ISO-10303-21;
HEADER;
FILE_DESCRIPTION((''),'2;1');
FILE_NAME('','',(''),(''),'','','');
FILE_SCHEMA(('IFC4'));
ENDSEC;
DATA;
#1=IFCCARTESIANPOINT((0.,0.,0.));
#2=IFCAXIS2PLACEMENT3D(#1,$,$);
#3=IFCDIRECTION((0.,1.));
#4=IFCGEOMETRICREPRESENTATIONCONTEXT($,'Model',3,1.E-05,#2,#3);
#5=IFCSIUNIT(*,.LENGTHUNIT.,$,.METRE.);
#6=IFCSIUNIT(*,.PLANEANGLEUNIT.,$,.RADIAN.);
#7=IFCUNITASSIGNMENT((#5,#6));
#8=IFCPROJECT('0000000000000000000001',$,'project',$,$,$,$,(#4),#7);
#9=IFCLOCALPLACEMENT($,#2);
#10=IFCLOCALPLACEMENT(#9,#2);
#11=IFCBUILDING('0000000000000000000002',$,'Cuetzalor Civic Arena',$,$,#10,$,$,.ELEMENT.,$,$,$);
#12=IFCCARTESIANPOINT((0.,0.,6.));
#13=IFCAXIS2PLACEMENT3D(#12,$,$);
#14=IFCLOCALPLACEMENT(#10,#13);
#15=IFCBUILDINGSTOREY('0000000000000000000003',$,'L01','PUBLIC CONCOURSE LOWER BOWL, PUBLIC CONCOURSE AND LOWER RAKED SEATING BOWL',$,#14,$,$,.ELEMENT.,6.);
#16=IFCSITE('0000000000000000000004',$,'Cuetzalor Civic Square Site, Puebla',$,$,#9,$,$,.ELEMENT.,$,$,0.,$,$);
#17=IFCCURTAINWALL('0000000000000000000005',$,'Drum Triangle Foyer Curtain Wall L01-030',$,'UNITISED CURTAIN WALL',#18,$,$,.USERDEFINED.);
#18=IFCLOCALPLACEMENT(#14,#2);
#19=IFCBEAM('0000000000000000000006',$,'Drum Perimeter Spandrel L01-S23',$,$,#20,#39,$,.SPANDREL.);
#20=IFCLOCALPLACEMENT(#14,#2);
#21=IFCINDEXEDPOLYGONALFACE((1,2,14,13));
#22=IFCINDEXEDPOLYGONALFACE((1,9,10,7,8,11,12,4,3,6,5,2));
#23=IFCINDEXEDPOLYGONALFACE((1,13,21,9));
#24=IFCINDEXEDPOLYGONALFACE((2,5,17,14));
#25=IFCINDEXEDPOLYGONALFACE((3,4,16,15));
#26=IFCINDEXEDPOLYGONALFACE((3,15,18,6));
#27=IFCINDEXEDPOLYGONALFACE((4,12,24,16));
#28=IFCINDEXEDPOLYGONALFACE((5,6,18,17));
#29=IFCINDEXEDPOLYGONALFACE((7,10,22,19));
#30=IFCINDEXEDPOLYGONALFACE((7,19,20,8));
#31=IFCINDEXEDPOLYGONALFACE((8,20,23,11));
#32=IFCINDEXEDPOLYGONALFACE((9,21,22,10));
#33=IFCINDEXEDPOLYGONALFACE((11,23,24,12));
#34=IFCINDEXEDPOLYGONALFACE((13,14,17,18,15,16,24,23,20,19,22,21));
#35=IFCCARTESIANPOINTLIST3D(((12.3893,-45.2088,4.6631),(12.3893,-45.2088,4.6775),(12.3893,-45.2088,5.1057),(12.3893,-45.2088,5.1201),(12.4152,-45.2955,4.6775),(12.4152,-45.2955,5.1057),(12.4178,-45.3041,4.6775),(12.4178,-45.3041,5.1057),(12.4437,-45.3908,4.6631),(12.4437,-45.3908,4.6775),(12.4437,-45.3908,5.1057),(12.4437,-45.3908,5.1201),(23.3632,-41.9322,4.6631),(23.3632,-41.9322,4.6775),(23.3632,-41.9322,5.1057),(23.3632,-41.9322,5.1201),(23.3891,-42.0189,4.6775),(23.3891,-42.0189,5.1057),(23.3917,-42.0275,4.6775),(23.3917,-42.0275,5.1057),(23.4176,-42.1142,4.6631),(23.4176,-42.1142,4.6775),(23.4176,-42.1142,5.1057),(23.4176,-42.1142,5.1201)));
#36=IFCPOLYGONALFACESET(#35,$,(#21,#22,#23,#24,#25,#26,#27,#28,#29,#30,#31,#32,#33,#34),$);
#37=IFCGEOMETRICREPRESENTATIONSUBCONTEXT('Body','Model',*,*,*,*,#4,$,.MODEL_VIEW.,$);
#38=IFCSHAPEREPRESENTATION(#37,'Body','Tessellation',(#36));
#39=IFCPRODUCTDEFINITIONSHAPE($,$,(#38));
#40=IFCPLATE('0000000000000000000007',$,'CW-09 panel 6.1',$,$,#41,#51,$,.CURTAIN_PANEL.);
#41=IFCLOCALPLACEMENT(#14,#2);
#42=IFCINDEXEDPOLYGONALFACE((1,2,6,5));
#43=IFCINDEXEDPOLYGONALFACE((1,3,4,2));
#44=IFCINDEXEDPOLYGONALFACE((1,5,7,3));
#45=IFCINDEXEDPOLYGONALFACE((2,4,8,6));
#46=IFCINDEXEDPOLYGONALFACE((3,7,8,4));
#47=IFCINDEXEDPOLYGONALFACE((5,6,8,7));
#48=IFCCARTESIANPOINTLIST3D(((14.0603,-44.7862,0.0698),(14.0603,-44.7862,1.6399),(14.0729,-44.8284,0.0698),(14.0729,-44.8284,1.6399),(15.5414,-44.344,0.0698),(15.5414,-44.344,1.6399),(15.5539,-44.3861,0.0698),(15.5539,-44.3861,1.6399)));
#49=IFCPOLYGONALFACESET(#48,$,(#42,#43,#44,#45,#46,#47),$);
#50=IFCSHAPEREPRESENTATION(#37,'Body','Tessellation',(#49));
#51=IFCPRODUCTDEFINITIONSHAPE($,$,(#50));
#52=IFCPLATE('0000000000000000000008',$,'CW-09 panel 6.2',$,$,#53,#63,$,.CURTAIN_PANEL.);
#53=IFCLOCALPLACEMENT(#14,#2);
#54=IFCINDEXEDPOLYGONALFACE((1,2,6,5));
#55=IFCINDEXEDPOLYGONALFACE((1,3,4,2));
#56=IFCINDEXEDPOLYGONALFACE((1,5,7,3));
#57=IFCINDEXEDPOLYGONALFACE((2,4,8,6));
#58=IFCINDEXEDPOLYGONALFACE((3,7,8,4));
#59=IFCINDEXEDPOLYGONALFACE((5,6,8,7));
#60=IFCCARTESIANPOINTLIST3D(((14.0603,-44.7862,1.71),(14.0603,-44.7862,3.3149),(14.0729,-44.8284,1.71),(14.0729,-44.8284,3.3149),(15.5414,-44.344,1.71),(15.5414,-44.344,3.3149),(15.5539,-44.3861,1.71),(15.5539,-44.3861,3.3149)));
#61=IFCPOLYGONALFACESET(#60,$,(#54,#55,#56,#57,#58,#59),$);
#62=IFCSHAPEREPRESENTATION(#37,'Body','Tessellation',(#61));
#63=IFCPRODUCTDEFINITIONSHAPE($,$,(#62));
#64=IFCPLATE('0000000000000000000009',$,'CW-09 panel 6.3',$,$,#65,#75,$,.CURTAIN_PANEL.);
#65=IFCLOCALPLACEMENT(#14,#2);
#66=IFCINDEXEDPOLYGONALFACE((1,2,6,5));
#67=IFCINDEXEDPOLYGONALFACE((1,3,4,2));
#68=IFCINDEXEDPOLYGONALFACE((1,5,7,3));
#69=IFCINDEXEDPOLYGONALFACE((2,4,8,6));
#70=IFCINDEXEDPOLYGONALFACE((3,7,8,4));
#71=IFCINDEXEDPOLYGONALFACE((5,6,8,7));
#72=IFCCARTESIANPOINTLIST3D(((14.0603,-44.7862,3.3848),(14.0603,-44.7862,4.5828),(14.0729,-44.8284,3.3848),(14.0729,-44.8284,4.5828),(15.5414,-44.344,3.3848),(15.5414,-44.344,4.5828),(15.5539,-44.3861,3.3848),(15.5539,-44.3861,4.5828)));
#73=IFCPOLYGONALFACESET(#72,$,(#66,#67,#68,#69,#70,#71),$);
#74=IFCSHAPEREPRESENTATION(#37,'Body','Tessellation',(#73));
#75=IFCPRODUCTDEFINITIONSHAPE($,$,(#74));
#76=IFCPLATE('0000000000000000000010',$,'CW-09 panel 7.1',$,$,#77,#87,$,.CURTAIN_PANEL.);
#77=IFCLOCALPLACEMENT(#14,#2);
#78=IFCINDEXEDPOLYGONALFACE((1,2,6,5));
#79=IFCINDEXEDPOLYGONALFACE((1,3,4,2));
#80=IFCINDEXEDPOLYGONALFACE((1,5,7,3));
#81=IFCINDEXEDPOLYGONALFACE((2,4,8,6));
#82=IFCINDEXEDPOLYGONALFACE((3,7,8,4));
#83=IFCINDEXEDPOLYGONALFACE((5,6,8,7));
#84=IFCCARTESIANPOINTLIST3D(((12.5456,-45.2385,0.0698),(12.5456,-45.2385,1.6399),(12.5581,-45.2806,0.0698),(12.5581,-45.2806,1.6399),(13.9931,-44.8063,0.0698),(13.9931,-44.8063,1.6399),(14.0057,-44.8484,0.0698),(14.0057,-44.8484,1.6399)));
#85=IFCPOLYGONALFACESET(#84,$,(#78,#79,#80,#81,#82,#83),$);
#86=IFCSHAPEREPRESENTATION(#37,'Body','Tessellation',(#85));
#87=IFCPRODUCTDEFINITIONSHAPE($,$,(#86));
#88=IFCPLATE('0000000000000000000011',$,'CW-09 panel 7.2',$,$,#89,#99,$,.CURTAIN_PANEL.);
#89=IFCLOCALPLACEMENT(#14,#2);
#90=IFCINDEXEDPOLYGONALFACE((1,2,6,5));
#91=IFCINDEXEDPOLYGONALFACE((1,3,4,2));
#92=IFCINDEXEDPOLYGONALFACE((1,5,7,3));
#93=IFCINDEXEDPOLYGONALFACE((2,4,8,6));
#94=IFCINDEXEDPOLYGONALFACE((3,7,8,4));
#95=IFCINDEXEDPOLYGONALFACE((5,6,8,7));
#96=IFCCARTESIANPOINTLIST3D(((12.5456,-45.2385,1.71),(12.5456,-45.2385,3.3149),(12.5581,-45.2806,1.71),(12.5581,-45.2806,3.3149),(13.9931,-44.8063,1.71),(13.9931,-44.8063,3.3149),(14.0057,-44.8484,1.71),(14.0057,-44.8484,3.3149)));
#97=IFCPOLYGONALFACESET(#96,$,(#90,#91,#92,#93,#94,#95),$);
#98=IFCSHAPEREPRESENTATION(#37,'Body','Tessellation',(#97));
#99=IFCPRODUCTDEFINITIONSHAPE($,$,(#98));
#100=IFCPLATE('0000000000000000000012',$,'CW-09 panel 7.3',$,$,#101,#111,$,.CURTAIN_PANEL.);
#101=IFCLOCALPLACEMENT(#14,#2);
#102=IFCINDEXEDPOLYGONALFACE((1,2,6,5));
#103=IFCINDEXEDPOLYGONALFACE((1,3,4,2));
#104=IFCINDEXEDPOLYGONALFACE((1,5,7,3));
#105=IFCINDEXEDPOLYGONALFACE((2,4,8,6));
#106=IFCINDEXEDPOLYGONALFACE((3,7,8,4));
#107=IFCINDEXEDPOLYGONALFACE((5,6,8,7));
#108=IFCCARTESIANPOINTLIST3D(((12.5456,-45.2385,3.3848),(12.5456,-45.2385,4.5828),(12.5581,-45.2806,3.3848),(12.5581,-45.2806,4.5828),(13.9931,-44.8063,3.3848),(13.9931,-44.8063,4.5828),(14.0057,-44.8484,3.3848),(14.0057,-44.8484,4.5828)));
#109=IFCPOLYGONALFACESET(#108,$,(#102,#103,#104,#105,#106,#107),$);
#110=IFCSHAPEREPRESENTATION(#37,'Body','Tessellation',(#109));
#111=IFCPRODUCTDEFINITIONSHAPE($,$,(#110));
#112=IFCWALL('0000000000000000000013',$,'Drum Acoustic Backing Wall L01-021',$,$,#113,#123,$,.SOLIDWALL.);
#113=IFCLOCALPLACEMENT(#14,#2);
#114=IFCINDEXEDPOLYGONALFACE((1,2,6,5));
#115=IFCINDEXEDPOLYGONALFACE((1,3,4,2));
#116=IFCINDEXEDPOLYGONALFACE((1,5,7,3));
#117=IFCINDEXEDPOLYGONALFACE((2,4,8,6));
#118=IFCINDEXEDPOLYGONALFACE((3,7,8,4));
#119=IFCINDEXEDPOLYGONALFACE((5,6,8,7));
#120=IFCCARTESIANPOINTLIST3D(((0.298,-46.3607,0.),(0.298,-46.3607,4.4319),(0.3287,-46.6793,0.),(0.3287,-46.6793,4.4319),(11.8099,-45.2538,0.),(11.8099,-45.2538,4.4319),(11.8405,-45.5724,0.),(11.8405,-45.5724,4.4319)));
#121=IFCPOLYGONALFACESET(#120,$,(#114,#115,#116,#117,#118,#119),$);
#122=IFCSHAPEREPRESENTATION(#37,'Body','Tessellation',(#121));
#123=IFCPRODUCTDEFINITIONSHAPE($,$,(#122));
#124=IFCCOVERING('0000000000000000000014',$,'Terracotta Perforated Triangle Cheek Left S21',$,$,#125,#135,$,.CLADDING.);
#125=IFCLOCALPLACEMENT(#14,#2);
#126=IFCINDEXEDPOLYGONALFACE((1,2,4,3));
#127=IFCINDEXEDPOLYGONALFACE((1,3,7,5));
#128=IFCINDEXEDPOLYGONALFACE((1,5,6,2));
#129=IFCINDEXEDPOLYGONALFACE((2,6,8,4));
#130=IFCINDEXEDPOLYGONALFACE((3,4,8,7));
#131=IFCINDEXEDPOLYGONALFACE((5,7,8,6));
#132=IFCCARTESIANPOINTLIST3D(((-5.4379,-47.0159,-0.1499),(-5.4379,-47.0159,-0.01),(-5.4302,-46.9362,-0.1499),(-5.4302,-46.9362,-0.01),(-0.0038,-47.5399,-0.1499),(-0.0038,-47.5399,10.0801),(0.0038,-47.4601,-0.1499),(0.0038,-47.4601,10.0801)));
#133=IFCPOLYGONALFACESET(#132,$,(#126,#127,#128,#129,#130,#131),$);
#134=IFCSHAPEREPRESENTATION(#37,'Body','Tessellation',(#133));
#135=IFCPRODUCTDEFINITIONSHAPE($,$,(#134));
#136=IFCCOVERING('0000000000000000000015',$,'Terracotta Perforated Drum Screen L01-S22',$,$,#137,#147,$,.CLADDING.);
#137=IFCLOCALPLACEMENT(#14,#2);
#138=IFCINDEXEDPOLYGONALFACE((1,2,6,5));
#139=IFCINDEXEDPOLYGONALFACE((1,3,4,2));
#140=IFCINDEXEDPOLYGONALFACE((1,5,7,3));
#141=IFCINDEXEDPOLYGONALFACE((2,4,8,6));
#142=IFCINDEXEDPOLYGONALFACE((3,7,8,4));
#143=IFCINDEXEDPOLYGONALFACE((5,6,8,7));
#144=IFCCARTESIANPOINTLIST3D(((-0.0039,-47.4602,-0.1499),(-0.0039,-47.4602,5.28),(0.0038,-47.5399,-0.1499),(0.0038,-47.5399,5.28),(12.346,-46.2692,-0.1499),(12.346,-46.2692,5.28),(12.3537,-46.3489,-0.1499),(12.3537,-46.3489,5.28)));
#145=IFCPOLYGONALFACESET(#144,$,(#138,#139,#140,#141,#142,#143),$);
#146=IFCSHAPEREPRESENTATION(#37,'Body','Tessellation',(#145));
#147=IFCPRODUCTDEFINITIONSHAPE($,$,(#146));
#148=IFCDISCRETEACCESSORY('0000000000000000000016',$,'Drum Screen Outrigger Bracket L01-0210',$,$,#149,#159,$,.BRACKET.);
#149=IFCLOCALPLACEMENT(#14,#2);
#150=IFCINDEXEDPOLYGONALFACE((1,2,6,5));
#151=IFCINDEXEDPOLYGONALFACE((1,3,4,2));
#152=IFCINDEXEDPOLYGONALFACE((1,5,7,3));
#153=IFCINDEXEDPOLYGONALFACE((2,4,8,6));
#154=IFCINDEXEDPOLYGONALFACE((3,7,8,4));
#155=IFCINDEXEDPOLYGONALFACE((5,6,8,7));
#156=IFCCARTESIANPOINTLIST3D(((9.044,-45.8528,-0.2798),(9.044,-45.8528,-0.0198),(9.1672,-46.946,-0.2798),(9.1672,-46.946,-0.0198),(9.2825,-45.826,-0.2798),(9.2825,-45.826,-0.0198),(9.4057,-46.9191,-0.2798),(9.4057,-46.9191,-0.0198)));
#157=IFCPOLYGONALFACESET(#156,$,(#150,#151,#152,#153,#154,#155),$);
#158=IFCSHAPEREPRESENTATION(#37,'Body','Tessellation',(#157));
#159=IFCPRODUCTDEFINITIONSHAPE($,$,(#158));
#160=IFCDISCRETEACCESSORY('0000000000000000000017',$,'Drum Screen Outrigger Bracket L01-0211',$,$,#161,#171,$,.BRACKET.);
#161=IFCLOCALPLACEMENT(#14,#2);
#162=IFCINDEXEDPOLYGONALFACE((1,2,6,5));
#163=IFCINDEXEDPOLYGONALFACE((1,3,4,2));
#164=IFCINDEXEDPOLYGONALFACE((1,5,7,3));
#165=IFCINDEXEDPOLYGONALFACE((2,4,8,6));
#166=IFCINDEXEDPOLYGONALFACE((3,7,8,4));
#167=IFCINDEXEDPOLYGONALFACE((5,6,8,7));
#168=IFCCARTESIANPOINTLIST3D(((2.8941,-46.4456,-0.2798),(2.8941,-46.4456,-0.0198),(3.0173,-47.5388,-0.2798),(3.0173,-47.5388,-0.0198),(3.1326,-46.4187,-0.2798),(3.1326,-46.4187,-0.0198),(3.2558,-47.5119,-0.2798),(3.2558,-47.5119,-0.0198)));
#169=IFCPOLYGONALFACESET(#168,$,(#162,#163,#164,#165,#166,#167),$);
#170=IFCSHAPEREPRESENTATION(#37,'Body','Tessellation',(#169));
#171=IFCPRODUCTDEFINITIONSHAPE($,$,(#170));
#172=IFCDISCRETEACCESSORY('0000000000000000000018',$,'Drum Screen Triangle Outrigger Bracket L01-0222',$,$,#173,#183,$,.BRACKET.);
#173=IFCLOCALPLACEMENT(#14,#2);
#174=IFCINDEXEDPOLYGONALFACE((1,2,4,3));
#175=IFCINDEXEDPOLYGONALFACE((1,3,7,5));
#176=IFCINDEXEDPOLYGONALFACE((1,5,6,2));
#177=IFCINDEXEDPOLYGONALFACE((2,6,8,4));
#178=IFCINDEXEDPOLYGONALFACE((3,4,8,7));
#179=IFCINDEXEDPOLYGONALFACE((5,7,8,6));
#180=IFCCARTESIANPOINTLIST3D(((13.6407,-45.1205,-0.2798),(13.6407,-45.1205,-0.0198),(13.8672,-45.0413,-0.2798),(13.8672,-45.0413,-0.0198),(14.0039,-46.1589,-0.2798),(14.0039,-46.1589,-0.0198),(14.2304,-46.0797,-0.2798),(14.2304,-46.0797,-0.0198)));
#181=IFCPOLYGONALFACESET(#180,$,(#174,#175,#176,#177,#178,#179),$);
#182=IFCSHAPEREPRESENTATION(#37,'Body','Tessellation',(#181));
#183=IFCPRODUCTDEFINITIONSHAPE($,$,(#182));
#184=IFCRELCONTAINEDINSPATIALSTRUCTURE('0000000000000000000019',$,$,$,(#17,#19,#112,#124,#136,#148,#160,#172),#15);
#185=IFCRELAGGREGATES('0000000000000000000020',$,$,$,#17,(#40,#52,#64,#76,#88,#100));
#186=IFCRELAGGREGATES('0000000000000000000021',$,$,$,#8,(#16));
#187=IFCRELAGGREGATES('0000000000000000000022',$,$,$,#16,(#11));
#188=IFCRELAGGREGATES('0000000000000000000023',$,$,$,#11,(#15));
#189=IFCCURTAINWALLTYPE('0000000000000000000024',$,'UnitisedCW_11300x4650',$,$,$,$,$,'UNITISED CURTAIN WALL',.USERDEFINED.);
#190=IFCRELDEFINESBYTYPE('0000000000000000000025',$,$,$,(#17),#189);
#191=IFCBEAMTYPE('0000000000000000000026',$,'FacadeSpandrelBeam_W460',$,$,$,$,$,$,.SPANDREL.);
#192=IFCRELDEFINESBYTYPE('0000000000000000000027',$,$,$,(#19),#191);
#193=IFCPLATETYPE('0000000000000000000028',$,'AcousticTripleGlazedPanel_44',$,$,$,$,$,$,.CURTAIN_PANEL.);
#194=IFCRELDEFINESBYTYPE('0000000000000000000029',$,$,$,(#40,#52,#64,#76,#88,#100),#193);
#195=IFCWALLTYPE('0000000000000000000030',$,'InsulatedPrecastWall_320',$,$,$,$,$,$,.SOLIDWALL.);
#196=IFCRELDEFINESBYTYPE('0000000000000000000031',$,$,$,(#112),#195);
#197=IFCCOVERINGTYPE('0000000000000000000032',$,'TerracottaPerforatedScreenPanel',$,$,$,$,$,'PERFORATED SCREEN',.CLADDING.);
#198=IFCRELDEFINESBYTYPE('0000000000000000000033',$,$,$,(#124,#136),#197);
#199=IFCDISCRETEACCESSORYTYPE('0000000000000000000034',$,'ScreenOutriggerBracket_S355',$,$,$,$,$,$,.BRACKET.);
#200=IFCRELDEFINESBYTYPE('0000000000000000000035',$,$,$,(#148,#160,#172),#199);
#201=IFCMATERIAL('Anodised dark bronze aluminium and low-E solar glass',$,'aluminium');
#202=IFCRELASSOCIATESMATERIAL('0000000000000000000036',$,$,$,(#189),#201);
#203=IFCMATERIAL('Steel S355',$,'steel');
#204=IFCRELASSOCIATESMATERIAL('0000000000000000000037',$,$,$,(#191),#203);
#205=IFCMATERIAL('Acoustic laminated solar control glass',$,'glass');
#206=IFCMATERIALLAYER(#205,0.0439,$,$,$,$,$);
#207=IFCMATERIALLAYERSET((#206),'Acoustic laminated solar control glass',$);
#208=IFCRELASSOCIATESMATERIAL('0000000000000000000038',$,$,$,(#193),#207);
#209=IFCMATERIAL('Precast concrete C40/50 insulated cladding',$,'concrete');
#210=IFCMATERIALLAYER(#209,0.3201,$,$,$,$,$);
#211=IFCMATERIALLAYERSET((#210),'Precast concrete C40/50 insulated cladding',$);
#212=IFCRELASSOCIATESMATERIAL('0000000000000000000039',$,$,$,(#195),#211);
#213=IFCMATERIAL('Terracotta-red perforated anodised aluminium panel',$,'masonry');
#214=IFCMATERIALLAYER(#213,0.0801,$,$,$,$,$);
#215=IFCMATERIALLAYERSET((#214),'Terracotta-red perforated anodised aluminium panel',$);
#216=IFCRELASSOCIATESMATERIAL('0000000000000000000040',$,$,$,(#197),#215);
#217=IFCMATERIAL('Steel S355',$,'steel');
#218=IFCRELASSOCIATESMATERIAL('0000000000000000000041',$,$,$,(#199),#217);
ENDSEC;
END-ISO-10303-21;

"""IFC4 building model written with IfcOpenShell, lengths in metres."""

from ifc_helpers import new_model, si_unit, direction, frame, frame_2d, origin, origin_2d, place, context, subcontext, project, spatial, polyline, rectangle, i_section, outline, extrude, material, layer, layer_set, material_profile, profile_set, type_object, element, aggregate, save


model = new_model("IFC4")

# Units and contexts
model_context = context("Model", 3, precision=1e-05, world=origin(), true_north=direction((0.0, 1.0)))
body_context = subcontext(model_context, "Body", "Model", "MODEL_VIEW")
ifc_project = project(units=[si_unit("LENGTHUNIT", "METRE"), si_unit("PLANEANGLEUNIT", "RADIAN")], contexts=[model_context])

# Site, building, storey
site_placement = place(None, origin())
site = spatial("IfcSite", under=ifc_project, at=site_placement, Name="Cuetzalor Civic Square Site, Puebla", CompositionType="ELEMENT", RefElevation=0.0)
building_placement = place(site_placement, origin())
building = spatial("IfcBuilding", under=site, at=building_placement, Name="Cuetzalor Civic Arena", CompositionType="ELEMENT")
storey_placement = place(building_placement, frame((0.0, 0.0, 6.0)))
storey = spatial("IfcBuildingStorey", under=building, at=storey_placement, Name="L01", Description="PUBLIC CONCOURSE LOWER BOWL, PUBLIC CONCOURSE AND LOWER RAKED SEATING BOWL", CompositionType="ELEMENT", Elevation=6.0)

# Curtain wall
ifc_material_1 = material(Name="Anodised dark bronze aluminium and low-E solar glass", Category="aluminium")
curtain_wall_type = type_object("IfcCurtainWallType", Name="UnitisedCW_11300x4650", ElementType="UNITISED CURTAIN WALL", PredefinedType="USERDEFINED", material=ifc_material_1)
curtain_wall_placement = place(storey_placement, origin())
curtain_wall = element("IfcCurtainWall", 1, at=curtain_wall_placement, inside=storey, type_object=curtain_wall_type, Name="Drum Triangle Foyer Curtain Wall L01-030", ObjectType="UNITISED CURTAIN WALL", PredefinedType="USERDEFINED")

# Beam
ifc_material_2 = material(Name="Steel S355", Category="steel")
ifc_material_profile_1 = material_profile(ifc_material_2, i_section(OverallWidth=0.1899, OverallDepth=0.457, WebThickness=0.009, FlangeThickness=0.0144, at=origin_2d()), Name="W460x74")
ifc_profile_set_1 = profile_set([ifc_material_profile_1], Name="Steel S355")
beam_type = type_object("IfcBeamType", Name="FacadeSpandrelBeam_W460", PredefinedType="SPANDREL", material=ifc_profile_set_1)
beam_1_placement = place(storey_placement, frame((12.4165, -45.2998, 4.8916), z_axis=(0.958199, 0.286102, 0.0), x_axis=(-0.286102, 0.958199, 0.0)))
element("IfcBeam", 2, at=beam_1_placement, inside=storey, type_object=beam_type, Name="Drum Perimeter Spandrel L01-S23", PredefinedType="SPANDREL", context=body_context, shape_type="SweptSolid", body=[
    extrude(i_section(OverallWidth=0.1899, OverallDepth=0.457, WebThickness=0.009, FlangeThickness=0.0144, at=origin_2d()), origin(), (0.0, 0.0, 1.0), 11.4526),
])

# Plates
ifc_material_3 = material(Name="Acoustic laminated solar control glass", Category="glass")
ifc_layer_1 = layer(ifc_material_3, 0.0439)
ifc_layer_set_1 = layer_set([ifc_layer_1], Name="Acoustic laminated solar control glass")
plate_type = type_object("IfcPlateType", Name="AcousticTripleGlazedPanel_44", PredefinedType="CURTAIN_PANEL", material=ifc_layer_set_1)
plate_1_placement = place(storey_placement, frame((14.8071, -44.5862, 0.0698), z_axis=(0.0, 0.0, 1.0), x_axis=(-0.958194, -0.28612, 0.0)))
plate_1 = element("IfcPlate", 3, at=plate_1_placement, type_object=plate_type, Name="CW-09 panel 6.1", PredefinedType="CURTAIN_PANEL", context=body_context, shape_type="SweptSolid", body=[
    extrude(rectangle(XDim=1.5457, YDim=0.0439, at=origin_2d()), origin(), (0.0, 0.0, 1.0), 1.5701),
])
plate_2_placement = place(storey_placement, frame((14.8071, -44.5862, 1.71), z_axis=(0.0, 0.0, 1.0), x_axis=(-0.958194, -0.28612, 0.0)))
plate_2 = element("IfcPlate", 4, at=plate_2_placement, type_object=plate_type, Name="CW-09 panel 6.2", PredefinedType="CURTAIN_PANEL", context=body_context, shape_type="SweptSolid", body=[
    extrude(rectangle(XDim=1.5457, YDim=0.0439, at=origin_2d()), origin(), (0.0, 0.0, 1.0), 1.605),
])
plate_3_placement = place(storey_placement, frame((14.8071, -44.5862, 3.3848), z_axis=(0.0, 0.0, 1.0), x_axis=(-0.958194, -0.28612, 0.0)))
plate_3 = element("IfcPlate", 5, at=plate_3_placement, type_object=plate_type, Name="CW-09 panel 6.3", PredefinedType="CURTAIN_PANEL", context=body_context, shape_type="SweptSolid", body=[
    extrude(rectangle(XDim=1.5457, YDim=0.0439, at=origin_2d()), origin(), (0.0, 0.0, 1.0), 1.198),
])
plate_4_placement = place(storey_placement, frame((13.2756, -45.0435, 0.0698), z_axis=(0.0, 0.0, 1.0), x_axis=(-0.958194, -0.28612, 0.0)))
plate_4 = element("IfcPlate", 6, at=plate_4_placement, type_object=plate_type, Name="CW-09 panel 7.1", PredefinedType="CURTAIN_PANEL", context=body_context, shape_type="SweptSolid", body=[
    extrude(rectangle(XDim=1.5107, YDim=0.0439, at=origin_2d()), origin(), (0.0, 0.0, 1.0), 1.5701),
])
plate_5_placement = place(storey_placement, frame((13.2756, -45.0435, 1.71), z_axis=(0.0, 0.0, 1.0), x_axis=(-0.958194, -0.28612, 0.0)))
plate_5 = element("IfcPlate", 7, at=plate_5_placement, type_object=plate_type, Name="CW-09 panel 7.2", PredefinedType="CURTAIN_PANEL", context=body_context, shape_type="SweptSolid", body=[
    extrude(rectangle(XDim=1.5107, YDim=0.0439, at=origin_2d()), origin(), (0.0, 0.0, 1.0), 1.605),
])
plate_6_placement = place(storey_placement, frame((13.2756, -45.0435, 3.3848), z_axis=(0.0, 0.0, 1.0), x_axis=(-0.958194, -0.28612, 0.0)))
plate_6 = element("IfcPlate", 8, at=plate_6_placement, type_object=plate_type, Name="CW-09 panel 7.3", PredefinedType="CURTAIN_PANEL", context=body_context, shape_type="SweptSolid", body=[
    extrude(rectangle(XDim=1.5107, YDim=0.0439, at=origin_2d()), origin(), (0.0, 0.0, 1.0), 1.198),
])
aggregate(curtain_wall, [plate_1, plate_2, plate_3, plate_4, plate_5, plate_6])

# Wall
ifc_material_4 = material(Name="Precast concrete C40/50 insulated cladding", Category="concrete")
ifc_layer_2 = layer(ifc_material_4, 0.3201)
ifc_layer_set_2 = layer_set([ifc_layer_2], Name="Precast concrete C40/50 insulated cladding")
wall_type = type_object("IfcWallType", Name="InsulatedPrecastWall_320", PredefinedType="SOLIDWALL", material=ifc_layer_set_2)
wall_placement = place(storey_placement, frame((11.8252, -45.4131, 0.0), z_axis=(0.0, 0.0, 1.0), x_axis=(-0.995409, -0.095714, 0.0)))
element("IfcWall", 9, at=wall_placement, inside=storey, type_object=wall_type, Name="Drum Acoustic Backing Wall L01-021", PredefinedType="SOLIDWALL", context=body_context, shape_type="SweptSolid", body=[
    extrude(rectangle(XDim=11.5649, YDim=0.3201, at=frame_2d((5.7825, 0.0))), origin(), (0.0, 0.0, 1.0), 4.4319),
])

# Coverings
ifc_material_5 = material(Name="Terracotta-red perforated anodised aluminium panel", Category="masonry")
ifc_layer_3 = layer(ifc_material_5, 0.0801)
ifc_layer_set_3 = layer_set([ifc_layer_3], Name="Terracotta-red perforated anodised aluminium panel")
covering_type = type_object("IfcCoveringType", Name="TerracottaPerforatedScreenPanel", ElementType="PERFORATED SCREEN", PredefinedType="CLADDING", material=ifc_layer_set_3)
covering_1_placement = place(storey_placement, frame((0.0, -47.5, -0.1499), z_axis=(0.0, 0.0, 1.0), x_axis=(-0.995384, 0.09597, 0.0)))
element("IfcCovering", 10, at=covering_1_placement, inside=storey, type_object=covering_type, Name="Terracotta Perforated Triangle Cheek Left S21", PredefinedType="CLADDING", context=body_context, shape_type="SweptSolid", body=[
    extrude(outline(polyline([(0.0, 0.0), (5.4592, 0.0), (5.4592, 0.1399), (0.0, 10.23), (0.0, 0.0)])), frame((0.0, 0.04, 0.0), z_axis=(0.0, -1.0, 0.0), x_axis=(1.0, 0.0, 0.0)), (0.0, 0.0, 1.0), 0.0801),
])
covering_2_placement = place(storey_placement, frame((12.3499, -46.3091, -0.1499), z_axis=(0.0, 0.0, 1.0), x_axis=(-0.995383, -0.095986, 0.0)))
element("IfcCovering", 11, at=covering_2_placement, inside=storey, type_object=covering_type, Name="Terracotta Perforated Drum Screen L01-S22", PredefinedType="CLADDING", context=body_context, shape_type="SweptSolid", body=[
    extrude(rectangle(XDim=12.4072, YDim=0.0801, at=frame_2d((6.2036, 0.0))), origin(), (0.0, 0.0, 1.0), 5.4299),
])

# Discrete accessories
ifc_material_6 = material(Name="Steel S355", Category="steel")
discrete_accessory_type = type_object("IfcDiscreteAccessoryType", Name="ScreenOutriggerBracket_S355", PredefinedType="BRACKET", material=ifc_material_6)
for number, where, z_axis, x_axis, name in (
    (12, (9.2249, -46.386, -0.2798), (0.0, 0.0, 1.0), (0.111989, -0.993709, 0.0), "Drum Screen Outrigger Bracket L01-0210"),
    (13, (3.075, -46.9788, -0.2798), (0.0, 0.0, 1.0), (0.111989, -0.993709, 0.0), "Drum Screen Outrigger Bracket L01-0211"),
    (14, (13.9355, -45.6001, -0.2798), (0.0, 0.0, 1.0), (0.330185, -0.943916, 0.0), "Drum Screen Triangle Outrigger Bracket L01-0222"),
):
    element("IfcDiscreteAccessory", number, at=place(storey_placement, frame(where, z_axis=z_axis, x_axis=x_axis)), inside=storey, type_object=discrete_accessory_type, Name=name, PredefinedType="BRACKET", context=body_context, shape_type="SweptSolid", body=[
        extrude(rectangle(XDim=1.1001, YDim=0.24, at=origin_2d()), origin(), (0.0, 0.0, 1.0), 0.26),
    ])

save(model, "model.ifc")
